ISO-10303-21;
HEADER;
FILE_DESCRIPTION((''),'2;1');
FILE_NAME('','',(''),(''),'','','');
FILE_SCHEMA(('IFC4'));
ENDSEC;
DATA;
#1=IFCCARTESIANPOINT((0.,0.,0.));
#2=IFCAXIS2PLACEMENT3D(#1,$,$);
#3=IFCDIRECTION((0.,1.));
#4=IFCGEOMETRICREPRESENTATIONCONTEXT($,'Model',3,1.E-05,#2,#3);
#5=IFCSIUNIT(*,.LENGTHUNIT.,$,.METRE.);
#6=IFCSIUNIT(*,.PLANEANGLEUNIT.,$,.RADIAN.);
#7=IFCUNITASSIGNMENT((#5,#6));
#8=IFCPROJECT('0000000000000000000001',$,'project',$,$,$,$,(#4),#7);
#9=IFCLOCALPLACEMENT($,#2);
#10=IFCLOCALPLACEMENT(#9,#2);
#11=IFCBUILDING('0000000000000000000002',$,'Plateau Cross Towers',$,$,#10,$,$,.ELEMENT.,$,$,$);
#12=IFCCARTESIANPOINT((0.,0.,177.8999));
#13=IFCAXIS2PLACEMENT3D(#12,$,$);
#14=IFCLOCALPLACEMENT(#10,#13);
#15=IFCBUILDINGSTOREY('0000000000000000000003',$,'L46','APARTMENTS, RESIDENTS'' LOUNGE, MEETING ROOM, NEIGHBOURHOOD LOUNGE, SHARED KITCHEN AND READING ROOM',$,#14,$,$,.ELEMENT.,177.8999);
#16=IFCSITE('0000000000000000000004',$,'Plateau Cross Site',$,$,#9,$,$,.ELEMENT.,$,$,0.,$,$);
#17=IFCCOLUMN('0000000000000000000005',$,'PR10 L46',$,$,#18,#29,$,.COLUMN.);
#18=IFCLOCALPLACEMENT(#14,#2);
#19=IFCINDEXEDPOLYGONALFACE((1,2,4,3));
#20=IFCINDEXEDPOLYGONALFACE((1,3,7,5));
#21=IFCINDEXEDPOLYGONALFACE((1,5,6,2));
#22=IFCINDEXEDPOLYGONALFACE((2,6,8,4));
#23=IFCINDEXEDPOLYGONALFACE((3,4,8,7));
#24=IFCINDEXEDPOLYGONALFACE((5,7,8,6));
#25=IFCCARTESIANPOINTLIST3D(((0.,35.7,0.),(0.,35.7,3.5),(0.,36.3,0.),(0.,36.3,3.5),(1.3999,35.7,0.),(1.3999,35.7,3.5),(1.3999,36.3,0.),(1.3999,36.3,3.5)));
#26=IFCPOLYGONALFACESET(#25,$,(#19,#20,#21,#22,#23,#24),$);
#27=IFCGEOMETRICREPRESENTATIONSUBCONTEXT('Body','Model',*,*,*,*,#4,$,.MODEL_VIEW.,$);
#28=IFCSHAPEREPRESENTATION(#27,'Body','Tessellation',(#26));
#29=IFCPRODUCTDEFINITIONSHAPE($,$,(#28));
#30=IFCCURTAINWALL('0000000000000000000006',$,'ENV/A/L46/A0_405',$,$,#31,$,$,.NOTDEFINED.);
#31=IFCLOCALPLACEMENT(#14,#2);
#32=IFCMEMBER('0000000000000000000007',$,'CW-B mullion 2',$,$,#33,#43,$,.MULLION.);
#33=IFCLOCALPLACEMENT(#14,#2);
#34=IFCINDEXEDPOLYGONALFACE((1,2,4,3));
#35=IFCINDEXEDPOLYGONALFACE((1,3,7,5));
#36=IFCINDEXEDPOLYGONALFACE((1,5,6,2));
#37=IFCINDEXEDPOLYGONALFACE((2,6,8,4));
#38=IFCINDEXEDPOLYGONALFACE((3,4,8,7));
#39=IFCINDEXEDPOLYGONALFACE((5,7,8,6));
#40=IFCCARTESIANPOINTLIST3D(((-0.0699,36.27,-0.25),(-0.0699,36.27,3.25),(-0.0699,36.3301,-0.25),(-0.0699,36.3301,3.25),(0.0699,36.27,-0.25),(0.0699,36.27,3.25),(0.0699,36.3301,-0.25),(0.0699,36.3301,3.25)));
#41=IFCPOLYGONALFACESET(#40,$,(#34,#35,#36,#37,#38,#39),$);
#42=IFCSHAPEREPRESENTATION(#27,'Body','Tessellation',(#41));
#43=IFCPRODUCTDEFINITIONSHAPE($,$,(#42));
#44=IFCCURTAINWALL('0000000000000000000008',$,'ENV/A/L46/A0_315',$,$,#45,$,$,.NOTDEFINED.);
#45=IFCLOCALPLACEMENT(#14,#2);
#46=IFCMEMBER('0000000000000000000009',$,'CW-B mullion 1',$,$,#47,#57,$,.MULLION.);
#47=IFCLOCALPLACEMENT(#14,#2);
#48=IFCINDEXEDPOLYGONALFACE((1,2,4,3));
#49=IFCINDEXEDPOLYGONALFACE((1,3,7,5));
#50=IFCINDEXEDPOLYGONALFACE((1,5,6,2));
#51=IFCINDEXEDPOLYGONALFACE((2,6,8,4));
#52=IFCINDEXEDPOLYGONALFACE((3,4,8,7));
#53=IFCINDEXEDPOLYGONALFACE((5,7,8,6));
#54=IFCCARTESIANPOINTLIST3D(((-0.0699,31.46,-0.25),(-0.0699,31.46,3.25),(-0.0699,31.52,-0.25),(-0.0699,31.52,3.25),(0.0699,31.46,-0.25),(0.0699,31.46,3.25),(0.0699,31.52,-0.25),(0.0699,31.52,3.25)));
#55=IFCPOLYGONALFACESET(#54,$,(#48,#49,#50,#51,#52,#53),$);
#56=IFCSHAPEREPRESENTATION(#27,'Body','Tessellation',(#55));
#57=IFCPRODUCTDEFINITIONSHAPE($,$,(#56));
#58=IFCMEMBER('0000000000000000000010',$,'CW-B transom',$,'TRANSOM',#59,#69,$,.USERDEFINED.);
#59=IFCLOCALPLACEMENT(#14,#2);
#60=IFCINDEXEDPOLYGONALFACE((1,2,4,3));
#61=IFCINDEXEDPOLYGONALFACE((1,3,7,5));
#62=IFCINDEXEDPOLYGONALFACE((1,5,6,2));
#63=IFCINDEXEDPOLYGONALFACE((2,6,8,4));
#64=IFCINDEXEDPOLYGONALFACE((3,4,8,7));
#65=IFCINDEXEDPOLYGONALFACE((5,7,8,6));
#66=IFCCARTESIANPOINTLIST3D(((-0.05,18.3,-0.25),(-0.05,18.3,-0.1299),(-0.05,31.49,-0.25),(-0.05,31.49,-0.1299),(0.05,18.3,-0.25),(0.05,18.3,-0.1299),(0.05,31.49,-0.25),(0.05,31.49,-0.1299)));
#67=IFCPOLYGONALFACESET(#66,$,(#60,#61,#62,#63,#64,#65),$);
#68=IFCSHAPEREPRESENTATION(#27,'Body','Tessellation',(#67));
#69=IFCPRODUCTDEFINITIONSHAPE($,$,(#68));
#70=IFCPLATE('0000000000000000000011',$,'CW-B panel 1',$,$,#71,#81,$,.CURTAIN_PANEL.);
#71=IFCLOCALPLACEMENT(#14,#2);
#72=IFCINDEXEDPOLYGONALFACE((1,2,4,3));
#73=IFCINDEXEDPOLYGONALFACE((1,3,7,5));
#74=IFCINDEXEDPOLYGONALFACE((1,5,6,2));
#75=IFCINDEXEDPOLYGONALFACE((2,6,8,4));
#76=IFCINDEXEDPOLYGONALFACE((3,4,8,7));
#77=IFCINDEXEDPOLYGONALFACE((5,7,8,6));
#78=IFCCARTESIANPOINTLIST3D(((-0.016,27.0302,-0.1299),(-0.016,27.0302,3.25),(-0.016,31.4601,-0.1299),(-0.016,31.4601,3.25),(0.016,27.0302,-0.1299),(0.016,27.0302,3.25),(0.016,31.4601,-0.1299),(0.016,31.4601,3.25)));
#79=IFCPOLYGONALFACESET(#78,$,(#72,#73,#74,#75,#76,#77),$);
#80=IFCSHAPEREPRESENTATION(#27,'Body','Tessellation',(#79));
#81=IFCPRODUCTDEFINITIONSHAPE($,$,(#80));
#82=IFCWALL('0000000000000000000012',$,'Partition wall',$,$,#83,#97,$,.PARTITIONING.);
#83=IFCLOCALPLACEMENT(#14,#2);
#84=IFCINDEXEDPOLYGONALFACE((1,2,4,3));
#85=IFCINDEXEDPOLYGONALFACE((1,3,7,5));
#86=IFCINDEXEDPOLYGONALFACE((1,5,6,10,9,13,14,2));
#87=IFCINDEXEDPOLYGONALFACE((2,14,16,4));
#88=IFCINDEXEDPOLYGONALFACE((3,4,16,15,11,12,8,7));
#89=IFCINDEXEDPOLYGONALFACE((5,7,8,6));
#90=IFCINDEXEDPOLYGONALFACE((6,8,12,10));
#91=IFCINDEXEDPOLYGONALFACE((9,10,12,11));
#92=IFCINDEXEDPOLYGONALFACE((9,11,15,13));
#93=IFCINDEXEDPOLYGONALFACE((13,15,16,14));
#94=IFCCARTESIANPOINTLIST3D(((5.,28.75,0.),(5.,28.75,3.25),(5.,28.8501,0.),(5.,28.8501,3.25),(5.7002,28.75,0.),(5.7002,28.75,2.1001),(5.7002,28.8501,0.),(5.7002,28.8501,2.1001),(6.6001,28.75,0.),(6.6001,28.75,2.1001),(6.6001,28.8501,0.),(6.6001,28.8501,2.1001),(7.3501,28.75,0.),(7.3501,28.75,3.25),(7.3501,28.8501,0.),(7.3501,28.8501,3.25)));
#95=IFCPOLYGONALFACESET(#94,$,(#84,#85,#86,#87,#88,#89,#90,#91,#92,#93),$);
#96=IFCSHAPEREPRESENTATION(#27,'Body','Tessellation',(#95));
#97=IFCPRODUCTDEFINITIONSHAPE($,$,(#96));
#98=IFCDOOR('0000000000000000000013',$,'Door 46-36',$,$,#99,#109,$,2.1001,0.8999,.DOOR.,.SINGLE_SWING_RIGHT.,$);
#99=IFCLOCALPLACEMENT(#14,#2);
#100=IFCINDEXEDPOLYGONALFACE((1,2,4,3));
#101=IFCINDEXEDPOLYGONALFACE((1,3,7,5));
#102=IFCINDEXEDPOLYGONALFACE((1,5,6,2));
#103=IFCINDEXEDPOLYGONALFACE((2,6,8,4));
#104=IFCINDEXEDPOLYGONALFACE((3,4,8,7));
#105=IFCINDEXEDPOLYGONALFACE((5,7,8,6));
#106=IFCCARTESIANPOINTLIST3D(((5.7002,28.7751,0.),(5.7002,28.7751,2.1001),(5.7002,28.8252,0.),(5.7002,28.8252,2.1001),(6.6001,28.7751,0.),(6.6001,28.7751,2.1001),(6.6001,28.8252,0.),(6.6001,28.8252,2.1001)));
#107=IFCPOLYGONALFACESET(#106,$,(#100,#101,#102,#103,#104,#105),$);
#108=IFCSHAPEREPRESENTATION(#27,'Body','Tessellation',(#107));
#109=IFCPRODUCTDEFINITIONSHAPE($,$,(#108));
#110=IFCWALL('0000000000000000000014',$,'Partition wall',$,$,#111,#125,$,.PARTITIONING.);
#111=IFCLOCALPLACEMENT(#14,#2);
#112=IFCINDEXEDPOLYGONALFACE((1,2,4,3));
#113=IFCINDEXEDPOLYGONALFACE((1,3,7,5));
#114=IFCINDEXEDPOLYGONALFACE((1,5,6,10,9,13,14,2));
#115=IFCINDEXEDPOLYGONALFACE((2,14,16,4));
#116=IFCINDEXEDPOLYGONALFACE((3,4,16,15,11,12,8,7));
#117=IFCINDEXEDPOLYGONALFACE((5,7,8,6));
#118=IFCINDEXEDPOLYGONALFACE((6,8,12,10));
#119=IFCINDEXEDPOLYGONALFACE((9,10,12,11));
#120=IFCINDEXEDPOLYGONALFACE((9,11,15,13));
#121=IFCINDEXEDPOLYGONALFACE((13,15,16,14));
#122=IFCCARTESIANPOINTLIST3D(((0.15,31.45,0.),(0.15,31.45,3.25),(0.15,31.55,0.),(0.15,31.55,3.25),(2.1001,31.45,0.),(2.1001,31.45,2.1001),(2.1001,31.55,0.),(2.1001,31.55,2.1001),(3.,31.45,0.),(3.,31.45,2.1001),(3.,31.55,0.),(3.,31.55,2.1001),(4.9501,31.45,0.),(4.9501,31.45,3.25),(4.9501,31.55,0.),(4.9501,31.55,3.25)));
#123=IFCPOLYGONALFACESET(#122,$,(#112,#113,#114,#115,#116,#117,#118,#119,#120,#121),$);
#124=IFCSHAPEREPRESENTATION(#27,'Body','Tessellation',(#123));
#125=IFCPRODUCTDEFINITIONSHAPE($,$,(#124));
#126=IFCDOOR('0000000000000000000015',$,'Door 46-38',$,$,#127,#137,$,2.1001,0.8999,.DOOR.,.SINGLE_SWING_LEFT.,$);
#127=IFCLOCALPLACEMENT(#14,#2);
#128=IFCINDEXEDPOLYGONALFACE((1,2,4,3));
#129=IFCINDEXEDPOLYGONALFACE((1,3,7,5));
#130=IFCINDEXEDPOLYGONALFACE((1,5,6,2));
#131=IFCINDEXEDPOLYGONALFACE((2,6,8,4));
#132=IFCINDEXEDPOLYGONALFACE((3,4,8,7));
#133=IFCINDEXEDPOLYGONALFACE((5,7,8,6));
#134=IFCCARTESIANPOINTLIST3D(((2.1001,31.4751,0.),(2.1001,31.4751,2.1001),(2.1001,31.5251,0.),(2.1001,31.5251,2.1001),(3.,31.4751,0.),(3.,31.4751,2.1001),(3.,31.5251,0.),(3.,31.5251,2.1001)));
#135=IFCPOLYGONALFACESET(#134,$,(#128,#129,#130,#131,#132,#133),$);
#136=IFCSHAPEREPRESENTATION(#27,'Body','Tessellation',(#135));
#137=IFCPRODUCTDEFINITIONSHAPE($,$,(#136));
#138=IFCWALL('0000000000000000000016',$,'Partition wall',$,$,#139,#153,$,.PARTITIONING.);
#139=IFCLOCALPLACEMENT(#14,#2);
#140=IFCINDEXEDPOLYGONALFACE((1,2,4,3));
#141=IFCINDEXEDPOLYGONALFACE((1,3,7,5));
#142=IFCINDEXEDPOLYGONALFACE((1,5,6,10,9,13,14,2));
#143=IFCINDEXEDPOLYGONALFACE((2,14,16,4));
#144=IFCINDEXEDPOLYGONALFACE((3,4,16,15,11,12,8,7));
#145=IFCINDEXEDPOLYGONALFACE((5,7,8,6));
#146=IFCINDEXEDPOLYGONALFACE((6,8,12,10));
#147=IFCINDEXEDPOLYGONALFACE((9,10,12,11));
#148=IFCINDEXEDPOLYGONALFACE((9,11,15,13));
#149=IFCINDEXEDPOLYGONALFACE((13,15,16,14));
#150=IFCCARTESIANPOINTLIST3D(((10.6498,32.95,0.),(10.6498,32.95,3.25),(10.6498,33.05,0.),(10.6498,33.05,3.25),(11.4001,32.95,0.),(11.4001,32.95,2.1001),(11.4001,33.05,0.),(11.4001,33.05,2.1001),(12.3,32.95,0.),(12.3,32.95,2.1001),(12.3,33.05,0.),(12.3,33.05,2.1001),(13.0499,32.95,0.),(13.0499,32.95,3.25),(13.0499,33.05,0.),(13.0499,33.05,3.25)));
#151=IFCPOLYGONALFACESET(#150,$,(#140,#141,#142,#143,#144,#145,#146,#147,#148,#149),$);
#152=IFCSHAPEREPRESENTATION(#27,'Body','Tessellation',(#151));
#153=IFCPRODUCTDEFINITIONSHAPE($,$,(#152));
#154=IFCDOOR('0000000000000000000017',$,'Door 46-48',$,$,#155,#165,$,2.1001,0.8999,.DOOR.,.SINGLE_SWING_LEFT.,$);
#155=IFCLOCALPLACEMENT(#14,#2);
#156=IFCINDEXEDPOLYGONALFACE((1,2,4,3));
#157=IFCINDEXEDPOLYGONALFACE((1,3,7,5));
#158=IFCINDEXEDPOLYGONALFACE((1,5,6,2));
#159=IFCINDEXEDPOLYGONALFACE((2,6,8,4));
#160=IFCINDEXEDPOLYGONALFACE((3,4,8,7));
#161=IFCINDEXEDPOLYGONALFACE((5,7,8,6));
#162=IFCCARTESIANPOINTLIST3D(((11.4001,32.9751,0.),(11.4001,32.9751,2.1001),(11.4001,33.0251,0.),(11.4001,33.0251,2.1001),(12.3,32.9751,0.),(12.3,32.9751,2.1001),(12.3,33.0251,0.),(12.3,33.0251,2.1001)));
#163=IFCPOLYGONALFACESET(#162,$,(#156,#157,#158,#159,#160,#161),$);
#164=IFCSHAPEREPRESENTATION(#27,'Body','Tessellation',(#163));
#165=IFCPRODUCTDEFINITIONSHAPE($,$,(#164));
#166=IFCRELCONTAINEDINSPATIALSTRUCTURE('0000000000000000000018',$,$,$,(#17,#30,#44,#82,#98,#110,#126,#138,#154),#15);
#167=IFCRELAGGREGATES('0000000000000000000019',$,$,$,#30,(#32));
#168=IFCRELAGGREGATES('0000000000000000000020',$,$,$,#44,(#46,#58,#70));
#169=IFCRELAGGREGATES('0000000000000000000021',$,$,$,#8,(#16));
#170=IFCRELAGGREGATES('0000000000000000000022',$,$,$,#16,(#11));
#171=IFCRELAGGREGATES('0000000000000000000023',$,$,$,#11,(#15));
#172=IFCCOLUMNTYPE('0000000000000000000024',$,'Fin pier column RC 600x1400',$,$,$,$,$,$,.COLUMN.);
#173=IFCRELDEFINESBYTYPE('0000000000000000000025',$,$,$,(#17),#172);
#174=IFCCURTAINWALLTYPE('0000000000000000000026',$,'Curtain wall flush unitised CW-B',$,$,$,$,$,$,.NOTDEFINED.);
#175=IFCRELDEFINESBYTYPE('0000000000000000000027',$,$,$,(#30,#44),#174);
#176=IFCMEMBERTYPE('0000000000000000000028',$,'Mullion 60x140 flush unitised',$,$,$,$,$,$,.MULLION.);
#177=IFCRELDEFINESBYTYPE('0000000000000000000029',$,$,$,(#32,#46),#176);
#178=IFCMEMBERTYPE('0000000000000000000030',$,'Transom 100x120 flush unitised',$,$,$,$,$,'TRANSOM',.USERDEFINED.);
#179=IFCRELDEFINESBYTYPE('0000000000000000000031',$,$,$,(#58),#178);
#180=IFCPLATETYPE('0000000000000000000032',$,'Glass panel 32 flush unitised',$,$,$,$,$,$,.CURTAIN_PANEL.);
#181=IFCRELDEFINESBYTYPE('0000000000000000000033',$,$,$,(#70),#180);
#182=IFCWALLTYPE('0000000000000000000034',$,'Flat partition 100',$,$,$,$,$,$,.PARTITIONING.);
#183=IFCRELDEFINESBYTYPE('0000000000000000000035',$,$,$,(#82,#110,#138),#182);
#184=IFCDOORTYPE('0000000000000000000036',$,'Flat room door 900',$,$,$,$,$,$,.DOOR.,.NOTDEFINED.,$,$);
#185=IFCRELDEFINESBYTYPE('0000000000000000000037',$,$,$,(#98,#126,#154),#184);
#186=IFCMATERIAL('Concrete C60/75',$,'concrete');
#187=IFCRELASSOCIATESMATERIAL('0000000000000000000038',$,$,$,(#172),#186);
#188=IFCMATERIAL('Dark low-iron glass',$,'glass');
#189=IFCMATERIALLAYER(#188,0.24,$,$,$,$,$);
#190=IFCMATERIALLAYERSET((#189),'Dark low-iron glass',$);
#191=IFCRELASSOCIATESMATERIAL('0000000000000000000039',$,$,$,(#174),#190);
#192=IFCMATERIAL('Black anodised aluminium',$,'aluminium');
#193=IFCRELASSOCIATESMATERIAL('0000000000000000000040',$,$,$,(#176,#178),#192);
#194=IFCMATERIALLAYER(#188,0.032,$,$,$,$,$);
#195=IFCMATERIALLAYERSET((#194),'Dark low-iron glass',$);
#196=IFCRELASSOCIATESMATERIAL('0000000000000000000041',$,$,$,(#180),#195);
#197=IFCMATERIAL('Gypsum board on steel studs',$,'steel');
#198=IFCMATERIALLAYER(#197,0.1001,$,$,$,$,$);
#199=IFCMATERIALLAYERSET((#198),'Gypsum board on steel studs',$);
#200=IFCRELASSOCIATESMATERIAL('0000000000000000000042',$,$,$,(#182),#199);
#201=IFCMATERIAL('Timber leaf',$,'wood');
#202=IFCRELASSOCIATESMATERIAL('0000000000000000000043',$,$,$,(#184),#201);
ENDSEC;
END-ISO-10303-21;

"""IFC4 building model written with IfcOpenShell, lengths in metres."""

from ifc_helpers import new_model, si_unit, direction, frame, frame_2d, origin, origin_2d, place, context, subcontext, project, spatial, rectangle, extrude, material, layer, layer_set, material_profile, profile_set, type_object, element, fill, aggregate, save


model = new_model("IFC4")

# Units and contexts
model_context = context("Model", 3, precision=1e-05, world=origin(), true_north=direction((0.0, 1.0)))
body_context = subcontext(model_context, "Body", "Model", "MODEL_VIEW")
ifc_project = project(units=[si_unit("LENGTHUNIT", "METRE"), si_unit("PLANEANGLEUNIT", "RADIAN")], contexts=[model_context])

# Site, building, storey
site_placement = place(None, origin())
site = spatial("IfcSite", under=ifc_project, at=site_placement, Name="Plateau Cross Site", CompositionType="ELEMENT", RefElevation=0.0)
building_placement = place(site_placement, origin())
building = spatial("IfcBuilding", under=site, at=building_placement, Name="Plateau Cross Towers", CompositionType="ELEMENT")
storey_placement = place(building_placement, frame((0.0, 0.0, 177.8999)))
storey = spatial("IfcBuildingStorey", under=building, at=storey_placement, Name="L46", Description="APARTMENTS, RESIDENTS' LOUNGE, MEETING ROOM, NEIGHBOURHOOD LOUNGE, SHARED KITCHEN AND READING ROOM", CompositionType="ELEMENT", Elevation=177.8999)

# Column
ifc_material_1 = material(Name="Concrete C60/75", Category="concrete")
ifc_material_profile_1 = material_profile(ifc_material_1, rectangle(XDim=0.6001, YDim=1.3999, at=origin_2d()), Name="RC 600x1400")
ifc_profile_set_1 = profile_set([ifc_material_profile_1], Name="Concrete C60/75")
column_type = type_object("IfcColumnType", Name="Fin pier column RC 600x1400", PredefinedType="COLUMN", material=ifc_profile_set_1)
column_placement = place(storey_placement, frame((0.7, 36.0, 0.0), z_axis=(0.0, 0.0, 1.0), x_axis=(0.0, 1.0, 0.0)))
element("IfcColumn", 1, at=column_placement, inside=storey, type_object=column_type, Name="PR10 L46", PredefinedType="COLUMN", context=body_context, shape_type="SweptSolid", body=[
    extrude(rectangle(XDim=0.6001, YDim=1.3999, at=origin_2d()), origin(), (0.0, 0.0, 1.0), 3.5),
])

# Curtain wall, member
ifc_material_2 = material(Name="Dark low-iron glass", Category="glass")
ifc_layer_1 = layer(ifc_material_2, 0.24)
ifc_layer_set_1 = layer_set([ifc_layer_1], Name="Dark low-iron glass")
curtain_wall_type = type_object("IfcCurtainWallType", Name="Curtain wall flush unitised CW-B", PredefinedType="NOTDEFINED", material=ifc_layer_set_1)
curtain_wall_1_placement = place(storey_placement, origin())
curtain_wall_1 = element("IfcCurtainWall", 2, at=curtain_wall_1_placement, inside=storey, type_object=curtain_wall_type, Name="ENV/A/L46/A0_405", PredefinedType="NOTDEFINED")
ifc_material_3 = material(Name="Black anodised aluminium", Category="aluminium")
ifc_material_profile_2 = material_profile(ifc_material_3, rectangle(XDim=0.0601, YDim=0.1399, at=origin_2d()), Name="MULLION 60x140")
ifc_profile_set_2 = profile_set([ifc_material_profile_2], Name="Black anodised aluminium")
member_type_1 = type_object("IfcMemberType", Name="Mullion 60x140 flush unitised", PredefinedType="MULLION", material=ifc_profile_set_2)
member_1_placement = place(storey_placement, frame((0.0, 36.3, -0.25), z_axis=(0.0, 0.0, 1.0), x_axis=(0.0, -1.0, 0.0)))
member_1 = element("IfcMember", 3, at=member_1_placement, type_object=member_type_1, Name="CW-B mullion 2", PredefinedType="MULLION", context=body_context, shape_type="SweptSolid", body=[
    extrude(rectangle(XDim=0.0601, YDim=0.1399, at=origin_2d()), origin(), (0.0, 0.0, 1.0), 3.5),
])
aggregate(curtain_wall_1, [member_1])

# Curtain wall, members, plate
curtain_wall_2_placement = place(storey_placement, origin())
curtain_wall_2 = element("IfcCurtainWall", 4, at=curtain_wall_2_placement, inside=storey, type_object=curtain_wall_type, Name="ENV/A/L46/A0_315", PredefinedType="NOTDEFINED")
member_2_placement = place(storey_placement, frame((0.0, 31.49, -0.25), z_axis=(0.0, 0.0, 1.0), x_axis=(0.0, -1.0, 0.0)))
member_2 = element("IfcMember", 5, at=member_2_placement, type_object=member_type_1, Name="CW-B mullion 1", PredefinedType="MULLION", context=body_context, shape_type="SweptSolid", body=[
    extrude(rectangle(XDim=0.0601, YDim=0.1399, at=origin_2d()), origin(), (0.0, 0.0, 1.0), 3.5),
])
ifc_material_profile_3 = material_profile(ifc_material_3, rectangle(XDim=0.1001, YDim=0.1201, at=origin_2d()), Name="TRANSOM 100x120")
ifc_profile_set_3 = profile_set([ifc_material_profile_3], Name="Black anodised aluminium")
member_type_2 = type_object("IfcMemberType", Name="Transom 100x120 flush unitised", ElementType="TRANSOM", PredefinedType="USERDEFINED", material=ifc_profile_set_3)
member_3_placement = place(storey_placement, frame((0.0, 31.49, -0.1899), z_axis=(0.0, -1.0, 0.0), x_axis=(1.0, 0.0, 0.0)))
member_3 = element("IfcMember", 6, at=member_3_placement, type_object=member_type_2, Name="CW-B transom", ObjectType="TRANSOM", PredefinedType="USERDEFINED", context=body_context, shape_type="SweptSolid", body=[
    extrude(rectangle(XDim=0.1001, YDim=0.1201, at=origin_2d()), origin(), (0.0, 0.0, 1.0), 13.1899),
])
ifc_layer_2 = layer(ifc_material_2, 0.032)
ifc_layer_set_2 = layer_set([ifc_layer_2], Name="Dark low-iron glass")
plate_type = type_object("IfcPlateType", Name="Glass panel 32 flush unitised", PredefinedType="CURTAIN_PANEL", material=ifc_layer_set_2)
plate_placement = place(storey_placement, frame((0.0, 29.2451, -0.1299), z_axis=(0.0, 0.0, 1.0), x_axis=(0.0, -1.0, 0.0)))
plate = element("IfcPlate", 7, at=plate_placement, type_object=plate_type, Name="CW-B panel 1", PredefinedType="CURTAIN_PANEL", context=body_context, shape_type="SweptSolid", body=[
    extrude(rectangle(XDim=4.4299, YDim=0.032, at=origin_2d()), origin(), (0.0, 0.0, 1.0), 3.3799),
])
aggregate(curtain_wall_2, [member_2, member_3, plate])

# Walls, openings, doors
ifc_material_4 = material(Name="Gypsum board on steel studs", Category="steel")
ifc_layer_3 = layer(ifc_material_4, 0.1001)
ifc_layer_set_3 = layer_set([ifc_layer_3], Name="Gypsum board on steel studs")
wall_type_1 = type_object("IfcWallType", Name="Flat partition 100", PredefinedType="PARTITIONING", material=ifc_layer_set_3)
wall_1_placement = place(storey_placement, frame((7.3501, 28.8, 0.0), z_axis=(0.0, 0.0, 1.0), x_axis=(-1.0, 0.0, 0.0)))
wall_1 = element("IfcWall", 8, at=wall_1_placement, inside=storey, type_object=wall_type_1, Name="Partition wall", PredefinedType="PARTITIONING", context=body_context, shape_type="SweptSolid", body=[
    extrude(rectangle(XDim=2.3501, YDim=0.1001, at=frame_2d((1.175, 0.0))), origin(), (0.0, 0.0, 1.0), 3.25),
])
opening_1_placement = place(wall_1_placement, frame((0.75, 0.0, 0.0)))
opening_1 = element("IfcOpeningElement", 9, at=opening_1_placement, cuts=wall_1, PredefinedType="OPENING", context=body_context, shape_type="SweptSolid", body=[
    extrude(rectangle(XDim=0.8999, YDim=2.1001, at=frame_2d((0.45, 1.05))), frame((0.0, 0.0601, 0.0), z_axis=(0.0, -1.0, 0.0), x_axis=(1.0, 0.0, 0.0)), (0.0, 0.0, 1.0), 0.1201),
])
ifc_material_5 = material(Name="Timber leaf", Category="wood")
door_type_1 = type_object("IfcDoorType", Name="Flat room door 900", OperationType="NOTDEFINED", PredefinedType="DOOR", material=ifc_material_5)
door_1_placement = place(opening_1_placement, origin())
door_1 = element("IfcDoor", 10, at=door_1_placement, inside=storey, type_object=door_type_1, Name="Door 46-36", OperationType="SINGLE_SWING_RIGHT", OverallHeight=2.1001, OverallWidth=0.8999, PredefinedType="DOOR", context=body_context, shape_type="SweptSolid", body=[
    extrude(rectangle(XDim=0.8999, YDim=2.1001, at=frame_2d((0.45, 1.05))), frame((0.0, 0.0249, 0.0), z_axis=(0.0, -1.0, 0.0), x_axis=(1.0, 0.0, 0.0)), (0.0, 0.0, 1.0), 0.05),
])
fill(opening_1, door_1)
wall_2_placement = place(storey_placement, frame((4.95, 31.5, 0.0), z_axis=(0.0, 0.0, 1.0), x_axis=(-1.0, 0.0, 0.0)))
wall_2 = element("IfcWall", 11, at=wall_2_placement, inside=storey, type_object=wall_type_1, Name="Partition wall", PredefinedType="PARTITIONING", context=body_context, shape_type="SweptSolid", body=[
    extrude(rectangle(XDim=4.8, YDim=0.1001, at=frame_2d((2.3999, 0.0))), origin(), (0.0, 0.0, 1.0), 3.25),
])
opening_2_placement = place(wall_2_placement, frame((1.95, 0.0, 0.0)))
opening_2 = element("IfcOpeningElement", 12, at=opening_2_placement, cuts=wall_2, PredefinedType="OPENING", context=body_context, shape_type="SweptSolid", body=[
    extrude(rectangle(XDim=0.8999, YDim=2.1001, at=frame_2d((0.45, 1.05))), frame((0.0, 0.0601, 0.0), z_axis=(0.0, -1.0, 0.0), x_axis=(1.0, 0.0, 0.0)), (0.0, 0.0, 1.0), 0.1201),
])
door_2_placement = place(opening_2_placement, origin())
door_2 = element("IfcDoor", 13, at=door_2_placement, inside=storey, type_object=door_type_1, Name="Door 46-38", OperationType="SINGLE_SWING_LEFT", OverallHeight=2.1001, OverallWidth=0.8999, PredefinedType="DOOR", context=body_context, shape_type="SweptSolid", body=[
    extrude(rectangle(XDim=0.8999, YDim=2.1001, at=frame_2d((0.45, 1.05))), frame((0.0, 0.0249, 0.0), z_axis=(0.0, -1.0, 0.0), x_axis=(1.0, 0.0, 0.0)), (0.0, 0.0, 1.0), 0.05),
])
fill(opening_2, door_2)
wall_3_placement = place(storey_placement, frame((13.05, 33.0, 0.0), z_axis=(0.0, 0.0, 1.0), x_axis=(-1.0, 0.0, 0.0)))
wall_3 = element("IfcWall", 14, at=wall_3_placement, inside=storey, type_object=wall_type_1, Name="Partition wall", PredefinedType="PARTITIONING", context=body_context, shape_type="SweptSolid", body=[
    extrude(rectangle(XDim=2.4001, YDim=0.1001, at=frame_2d((1.2002, 0.0))), origin(), (0.0, 0.0, 1.0), 3.25),
])
opening_3_placement = place(wall_3_placement, frame((0.75, 0.0, 0.0)))
opening_3 = element("IfcOpeningElement", 15, at=opening_3_placement, cuts=wall_3, PredefinedType="OPENING", context=body_context, shape_type="SweptSolid", body=[
    extrude(rectangle(XDim=0.8999, YDim=2.1001, at=frame_2d((0.45, 1.05))), frame((0.0, 0.0601, 0.0), z_axis=(0.0, -1.0, 0.0), x_axis=(1.0, 0.0, 0.0)), (0.0, 0.0, 1.0), 0.1201),
])
door_3_placement = place(opening_3_placement, origin())
door_3 = element("IfcDoor", 16, at=door_3_placement, inside=storey, type_object=door_type_1, Name="Door 46-48", OperationType="SINGLE_SWING_LEFT", OverallHeight=2.1001, OverallWidth=0.8999, PredefinedType="DOOR", context=body_context, shape_type="SweptSolid", body=[
    extrude(rectangle(XDim=0.8999, YDim=2.1001, at=frame_2d((0.45, 1.05))), frame((0.0, 0.0249, 0.0), z_axis=(0.0, -1.0, 0.0), x_axis=(1.0, 0.0, 0.0)), (0.0, 0.0, 1.0), 0.05),
])
fill(opening_3, door_3)

save(model, "model.ifc")
